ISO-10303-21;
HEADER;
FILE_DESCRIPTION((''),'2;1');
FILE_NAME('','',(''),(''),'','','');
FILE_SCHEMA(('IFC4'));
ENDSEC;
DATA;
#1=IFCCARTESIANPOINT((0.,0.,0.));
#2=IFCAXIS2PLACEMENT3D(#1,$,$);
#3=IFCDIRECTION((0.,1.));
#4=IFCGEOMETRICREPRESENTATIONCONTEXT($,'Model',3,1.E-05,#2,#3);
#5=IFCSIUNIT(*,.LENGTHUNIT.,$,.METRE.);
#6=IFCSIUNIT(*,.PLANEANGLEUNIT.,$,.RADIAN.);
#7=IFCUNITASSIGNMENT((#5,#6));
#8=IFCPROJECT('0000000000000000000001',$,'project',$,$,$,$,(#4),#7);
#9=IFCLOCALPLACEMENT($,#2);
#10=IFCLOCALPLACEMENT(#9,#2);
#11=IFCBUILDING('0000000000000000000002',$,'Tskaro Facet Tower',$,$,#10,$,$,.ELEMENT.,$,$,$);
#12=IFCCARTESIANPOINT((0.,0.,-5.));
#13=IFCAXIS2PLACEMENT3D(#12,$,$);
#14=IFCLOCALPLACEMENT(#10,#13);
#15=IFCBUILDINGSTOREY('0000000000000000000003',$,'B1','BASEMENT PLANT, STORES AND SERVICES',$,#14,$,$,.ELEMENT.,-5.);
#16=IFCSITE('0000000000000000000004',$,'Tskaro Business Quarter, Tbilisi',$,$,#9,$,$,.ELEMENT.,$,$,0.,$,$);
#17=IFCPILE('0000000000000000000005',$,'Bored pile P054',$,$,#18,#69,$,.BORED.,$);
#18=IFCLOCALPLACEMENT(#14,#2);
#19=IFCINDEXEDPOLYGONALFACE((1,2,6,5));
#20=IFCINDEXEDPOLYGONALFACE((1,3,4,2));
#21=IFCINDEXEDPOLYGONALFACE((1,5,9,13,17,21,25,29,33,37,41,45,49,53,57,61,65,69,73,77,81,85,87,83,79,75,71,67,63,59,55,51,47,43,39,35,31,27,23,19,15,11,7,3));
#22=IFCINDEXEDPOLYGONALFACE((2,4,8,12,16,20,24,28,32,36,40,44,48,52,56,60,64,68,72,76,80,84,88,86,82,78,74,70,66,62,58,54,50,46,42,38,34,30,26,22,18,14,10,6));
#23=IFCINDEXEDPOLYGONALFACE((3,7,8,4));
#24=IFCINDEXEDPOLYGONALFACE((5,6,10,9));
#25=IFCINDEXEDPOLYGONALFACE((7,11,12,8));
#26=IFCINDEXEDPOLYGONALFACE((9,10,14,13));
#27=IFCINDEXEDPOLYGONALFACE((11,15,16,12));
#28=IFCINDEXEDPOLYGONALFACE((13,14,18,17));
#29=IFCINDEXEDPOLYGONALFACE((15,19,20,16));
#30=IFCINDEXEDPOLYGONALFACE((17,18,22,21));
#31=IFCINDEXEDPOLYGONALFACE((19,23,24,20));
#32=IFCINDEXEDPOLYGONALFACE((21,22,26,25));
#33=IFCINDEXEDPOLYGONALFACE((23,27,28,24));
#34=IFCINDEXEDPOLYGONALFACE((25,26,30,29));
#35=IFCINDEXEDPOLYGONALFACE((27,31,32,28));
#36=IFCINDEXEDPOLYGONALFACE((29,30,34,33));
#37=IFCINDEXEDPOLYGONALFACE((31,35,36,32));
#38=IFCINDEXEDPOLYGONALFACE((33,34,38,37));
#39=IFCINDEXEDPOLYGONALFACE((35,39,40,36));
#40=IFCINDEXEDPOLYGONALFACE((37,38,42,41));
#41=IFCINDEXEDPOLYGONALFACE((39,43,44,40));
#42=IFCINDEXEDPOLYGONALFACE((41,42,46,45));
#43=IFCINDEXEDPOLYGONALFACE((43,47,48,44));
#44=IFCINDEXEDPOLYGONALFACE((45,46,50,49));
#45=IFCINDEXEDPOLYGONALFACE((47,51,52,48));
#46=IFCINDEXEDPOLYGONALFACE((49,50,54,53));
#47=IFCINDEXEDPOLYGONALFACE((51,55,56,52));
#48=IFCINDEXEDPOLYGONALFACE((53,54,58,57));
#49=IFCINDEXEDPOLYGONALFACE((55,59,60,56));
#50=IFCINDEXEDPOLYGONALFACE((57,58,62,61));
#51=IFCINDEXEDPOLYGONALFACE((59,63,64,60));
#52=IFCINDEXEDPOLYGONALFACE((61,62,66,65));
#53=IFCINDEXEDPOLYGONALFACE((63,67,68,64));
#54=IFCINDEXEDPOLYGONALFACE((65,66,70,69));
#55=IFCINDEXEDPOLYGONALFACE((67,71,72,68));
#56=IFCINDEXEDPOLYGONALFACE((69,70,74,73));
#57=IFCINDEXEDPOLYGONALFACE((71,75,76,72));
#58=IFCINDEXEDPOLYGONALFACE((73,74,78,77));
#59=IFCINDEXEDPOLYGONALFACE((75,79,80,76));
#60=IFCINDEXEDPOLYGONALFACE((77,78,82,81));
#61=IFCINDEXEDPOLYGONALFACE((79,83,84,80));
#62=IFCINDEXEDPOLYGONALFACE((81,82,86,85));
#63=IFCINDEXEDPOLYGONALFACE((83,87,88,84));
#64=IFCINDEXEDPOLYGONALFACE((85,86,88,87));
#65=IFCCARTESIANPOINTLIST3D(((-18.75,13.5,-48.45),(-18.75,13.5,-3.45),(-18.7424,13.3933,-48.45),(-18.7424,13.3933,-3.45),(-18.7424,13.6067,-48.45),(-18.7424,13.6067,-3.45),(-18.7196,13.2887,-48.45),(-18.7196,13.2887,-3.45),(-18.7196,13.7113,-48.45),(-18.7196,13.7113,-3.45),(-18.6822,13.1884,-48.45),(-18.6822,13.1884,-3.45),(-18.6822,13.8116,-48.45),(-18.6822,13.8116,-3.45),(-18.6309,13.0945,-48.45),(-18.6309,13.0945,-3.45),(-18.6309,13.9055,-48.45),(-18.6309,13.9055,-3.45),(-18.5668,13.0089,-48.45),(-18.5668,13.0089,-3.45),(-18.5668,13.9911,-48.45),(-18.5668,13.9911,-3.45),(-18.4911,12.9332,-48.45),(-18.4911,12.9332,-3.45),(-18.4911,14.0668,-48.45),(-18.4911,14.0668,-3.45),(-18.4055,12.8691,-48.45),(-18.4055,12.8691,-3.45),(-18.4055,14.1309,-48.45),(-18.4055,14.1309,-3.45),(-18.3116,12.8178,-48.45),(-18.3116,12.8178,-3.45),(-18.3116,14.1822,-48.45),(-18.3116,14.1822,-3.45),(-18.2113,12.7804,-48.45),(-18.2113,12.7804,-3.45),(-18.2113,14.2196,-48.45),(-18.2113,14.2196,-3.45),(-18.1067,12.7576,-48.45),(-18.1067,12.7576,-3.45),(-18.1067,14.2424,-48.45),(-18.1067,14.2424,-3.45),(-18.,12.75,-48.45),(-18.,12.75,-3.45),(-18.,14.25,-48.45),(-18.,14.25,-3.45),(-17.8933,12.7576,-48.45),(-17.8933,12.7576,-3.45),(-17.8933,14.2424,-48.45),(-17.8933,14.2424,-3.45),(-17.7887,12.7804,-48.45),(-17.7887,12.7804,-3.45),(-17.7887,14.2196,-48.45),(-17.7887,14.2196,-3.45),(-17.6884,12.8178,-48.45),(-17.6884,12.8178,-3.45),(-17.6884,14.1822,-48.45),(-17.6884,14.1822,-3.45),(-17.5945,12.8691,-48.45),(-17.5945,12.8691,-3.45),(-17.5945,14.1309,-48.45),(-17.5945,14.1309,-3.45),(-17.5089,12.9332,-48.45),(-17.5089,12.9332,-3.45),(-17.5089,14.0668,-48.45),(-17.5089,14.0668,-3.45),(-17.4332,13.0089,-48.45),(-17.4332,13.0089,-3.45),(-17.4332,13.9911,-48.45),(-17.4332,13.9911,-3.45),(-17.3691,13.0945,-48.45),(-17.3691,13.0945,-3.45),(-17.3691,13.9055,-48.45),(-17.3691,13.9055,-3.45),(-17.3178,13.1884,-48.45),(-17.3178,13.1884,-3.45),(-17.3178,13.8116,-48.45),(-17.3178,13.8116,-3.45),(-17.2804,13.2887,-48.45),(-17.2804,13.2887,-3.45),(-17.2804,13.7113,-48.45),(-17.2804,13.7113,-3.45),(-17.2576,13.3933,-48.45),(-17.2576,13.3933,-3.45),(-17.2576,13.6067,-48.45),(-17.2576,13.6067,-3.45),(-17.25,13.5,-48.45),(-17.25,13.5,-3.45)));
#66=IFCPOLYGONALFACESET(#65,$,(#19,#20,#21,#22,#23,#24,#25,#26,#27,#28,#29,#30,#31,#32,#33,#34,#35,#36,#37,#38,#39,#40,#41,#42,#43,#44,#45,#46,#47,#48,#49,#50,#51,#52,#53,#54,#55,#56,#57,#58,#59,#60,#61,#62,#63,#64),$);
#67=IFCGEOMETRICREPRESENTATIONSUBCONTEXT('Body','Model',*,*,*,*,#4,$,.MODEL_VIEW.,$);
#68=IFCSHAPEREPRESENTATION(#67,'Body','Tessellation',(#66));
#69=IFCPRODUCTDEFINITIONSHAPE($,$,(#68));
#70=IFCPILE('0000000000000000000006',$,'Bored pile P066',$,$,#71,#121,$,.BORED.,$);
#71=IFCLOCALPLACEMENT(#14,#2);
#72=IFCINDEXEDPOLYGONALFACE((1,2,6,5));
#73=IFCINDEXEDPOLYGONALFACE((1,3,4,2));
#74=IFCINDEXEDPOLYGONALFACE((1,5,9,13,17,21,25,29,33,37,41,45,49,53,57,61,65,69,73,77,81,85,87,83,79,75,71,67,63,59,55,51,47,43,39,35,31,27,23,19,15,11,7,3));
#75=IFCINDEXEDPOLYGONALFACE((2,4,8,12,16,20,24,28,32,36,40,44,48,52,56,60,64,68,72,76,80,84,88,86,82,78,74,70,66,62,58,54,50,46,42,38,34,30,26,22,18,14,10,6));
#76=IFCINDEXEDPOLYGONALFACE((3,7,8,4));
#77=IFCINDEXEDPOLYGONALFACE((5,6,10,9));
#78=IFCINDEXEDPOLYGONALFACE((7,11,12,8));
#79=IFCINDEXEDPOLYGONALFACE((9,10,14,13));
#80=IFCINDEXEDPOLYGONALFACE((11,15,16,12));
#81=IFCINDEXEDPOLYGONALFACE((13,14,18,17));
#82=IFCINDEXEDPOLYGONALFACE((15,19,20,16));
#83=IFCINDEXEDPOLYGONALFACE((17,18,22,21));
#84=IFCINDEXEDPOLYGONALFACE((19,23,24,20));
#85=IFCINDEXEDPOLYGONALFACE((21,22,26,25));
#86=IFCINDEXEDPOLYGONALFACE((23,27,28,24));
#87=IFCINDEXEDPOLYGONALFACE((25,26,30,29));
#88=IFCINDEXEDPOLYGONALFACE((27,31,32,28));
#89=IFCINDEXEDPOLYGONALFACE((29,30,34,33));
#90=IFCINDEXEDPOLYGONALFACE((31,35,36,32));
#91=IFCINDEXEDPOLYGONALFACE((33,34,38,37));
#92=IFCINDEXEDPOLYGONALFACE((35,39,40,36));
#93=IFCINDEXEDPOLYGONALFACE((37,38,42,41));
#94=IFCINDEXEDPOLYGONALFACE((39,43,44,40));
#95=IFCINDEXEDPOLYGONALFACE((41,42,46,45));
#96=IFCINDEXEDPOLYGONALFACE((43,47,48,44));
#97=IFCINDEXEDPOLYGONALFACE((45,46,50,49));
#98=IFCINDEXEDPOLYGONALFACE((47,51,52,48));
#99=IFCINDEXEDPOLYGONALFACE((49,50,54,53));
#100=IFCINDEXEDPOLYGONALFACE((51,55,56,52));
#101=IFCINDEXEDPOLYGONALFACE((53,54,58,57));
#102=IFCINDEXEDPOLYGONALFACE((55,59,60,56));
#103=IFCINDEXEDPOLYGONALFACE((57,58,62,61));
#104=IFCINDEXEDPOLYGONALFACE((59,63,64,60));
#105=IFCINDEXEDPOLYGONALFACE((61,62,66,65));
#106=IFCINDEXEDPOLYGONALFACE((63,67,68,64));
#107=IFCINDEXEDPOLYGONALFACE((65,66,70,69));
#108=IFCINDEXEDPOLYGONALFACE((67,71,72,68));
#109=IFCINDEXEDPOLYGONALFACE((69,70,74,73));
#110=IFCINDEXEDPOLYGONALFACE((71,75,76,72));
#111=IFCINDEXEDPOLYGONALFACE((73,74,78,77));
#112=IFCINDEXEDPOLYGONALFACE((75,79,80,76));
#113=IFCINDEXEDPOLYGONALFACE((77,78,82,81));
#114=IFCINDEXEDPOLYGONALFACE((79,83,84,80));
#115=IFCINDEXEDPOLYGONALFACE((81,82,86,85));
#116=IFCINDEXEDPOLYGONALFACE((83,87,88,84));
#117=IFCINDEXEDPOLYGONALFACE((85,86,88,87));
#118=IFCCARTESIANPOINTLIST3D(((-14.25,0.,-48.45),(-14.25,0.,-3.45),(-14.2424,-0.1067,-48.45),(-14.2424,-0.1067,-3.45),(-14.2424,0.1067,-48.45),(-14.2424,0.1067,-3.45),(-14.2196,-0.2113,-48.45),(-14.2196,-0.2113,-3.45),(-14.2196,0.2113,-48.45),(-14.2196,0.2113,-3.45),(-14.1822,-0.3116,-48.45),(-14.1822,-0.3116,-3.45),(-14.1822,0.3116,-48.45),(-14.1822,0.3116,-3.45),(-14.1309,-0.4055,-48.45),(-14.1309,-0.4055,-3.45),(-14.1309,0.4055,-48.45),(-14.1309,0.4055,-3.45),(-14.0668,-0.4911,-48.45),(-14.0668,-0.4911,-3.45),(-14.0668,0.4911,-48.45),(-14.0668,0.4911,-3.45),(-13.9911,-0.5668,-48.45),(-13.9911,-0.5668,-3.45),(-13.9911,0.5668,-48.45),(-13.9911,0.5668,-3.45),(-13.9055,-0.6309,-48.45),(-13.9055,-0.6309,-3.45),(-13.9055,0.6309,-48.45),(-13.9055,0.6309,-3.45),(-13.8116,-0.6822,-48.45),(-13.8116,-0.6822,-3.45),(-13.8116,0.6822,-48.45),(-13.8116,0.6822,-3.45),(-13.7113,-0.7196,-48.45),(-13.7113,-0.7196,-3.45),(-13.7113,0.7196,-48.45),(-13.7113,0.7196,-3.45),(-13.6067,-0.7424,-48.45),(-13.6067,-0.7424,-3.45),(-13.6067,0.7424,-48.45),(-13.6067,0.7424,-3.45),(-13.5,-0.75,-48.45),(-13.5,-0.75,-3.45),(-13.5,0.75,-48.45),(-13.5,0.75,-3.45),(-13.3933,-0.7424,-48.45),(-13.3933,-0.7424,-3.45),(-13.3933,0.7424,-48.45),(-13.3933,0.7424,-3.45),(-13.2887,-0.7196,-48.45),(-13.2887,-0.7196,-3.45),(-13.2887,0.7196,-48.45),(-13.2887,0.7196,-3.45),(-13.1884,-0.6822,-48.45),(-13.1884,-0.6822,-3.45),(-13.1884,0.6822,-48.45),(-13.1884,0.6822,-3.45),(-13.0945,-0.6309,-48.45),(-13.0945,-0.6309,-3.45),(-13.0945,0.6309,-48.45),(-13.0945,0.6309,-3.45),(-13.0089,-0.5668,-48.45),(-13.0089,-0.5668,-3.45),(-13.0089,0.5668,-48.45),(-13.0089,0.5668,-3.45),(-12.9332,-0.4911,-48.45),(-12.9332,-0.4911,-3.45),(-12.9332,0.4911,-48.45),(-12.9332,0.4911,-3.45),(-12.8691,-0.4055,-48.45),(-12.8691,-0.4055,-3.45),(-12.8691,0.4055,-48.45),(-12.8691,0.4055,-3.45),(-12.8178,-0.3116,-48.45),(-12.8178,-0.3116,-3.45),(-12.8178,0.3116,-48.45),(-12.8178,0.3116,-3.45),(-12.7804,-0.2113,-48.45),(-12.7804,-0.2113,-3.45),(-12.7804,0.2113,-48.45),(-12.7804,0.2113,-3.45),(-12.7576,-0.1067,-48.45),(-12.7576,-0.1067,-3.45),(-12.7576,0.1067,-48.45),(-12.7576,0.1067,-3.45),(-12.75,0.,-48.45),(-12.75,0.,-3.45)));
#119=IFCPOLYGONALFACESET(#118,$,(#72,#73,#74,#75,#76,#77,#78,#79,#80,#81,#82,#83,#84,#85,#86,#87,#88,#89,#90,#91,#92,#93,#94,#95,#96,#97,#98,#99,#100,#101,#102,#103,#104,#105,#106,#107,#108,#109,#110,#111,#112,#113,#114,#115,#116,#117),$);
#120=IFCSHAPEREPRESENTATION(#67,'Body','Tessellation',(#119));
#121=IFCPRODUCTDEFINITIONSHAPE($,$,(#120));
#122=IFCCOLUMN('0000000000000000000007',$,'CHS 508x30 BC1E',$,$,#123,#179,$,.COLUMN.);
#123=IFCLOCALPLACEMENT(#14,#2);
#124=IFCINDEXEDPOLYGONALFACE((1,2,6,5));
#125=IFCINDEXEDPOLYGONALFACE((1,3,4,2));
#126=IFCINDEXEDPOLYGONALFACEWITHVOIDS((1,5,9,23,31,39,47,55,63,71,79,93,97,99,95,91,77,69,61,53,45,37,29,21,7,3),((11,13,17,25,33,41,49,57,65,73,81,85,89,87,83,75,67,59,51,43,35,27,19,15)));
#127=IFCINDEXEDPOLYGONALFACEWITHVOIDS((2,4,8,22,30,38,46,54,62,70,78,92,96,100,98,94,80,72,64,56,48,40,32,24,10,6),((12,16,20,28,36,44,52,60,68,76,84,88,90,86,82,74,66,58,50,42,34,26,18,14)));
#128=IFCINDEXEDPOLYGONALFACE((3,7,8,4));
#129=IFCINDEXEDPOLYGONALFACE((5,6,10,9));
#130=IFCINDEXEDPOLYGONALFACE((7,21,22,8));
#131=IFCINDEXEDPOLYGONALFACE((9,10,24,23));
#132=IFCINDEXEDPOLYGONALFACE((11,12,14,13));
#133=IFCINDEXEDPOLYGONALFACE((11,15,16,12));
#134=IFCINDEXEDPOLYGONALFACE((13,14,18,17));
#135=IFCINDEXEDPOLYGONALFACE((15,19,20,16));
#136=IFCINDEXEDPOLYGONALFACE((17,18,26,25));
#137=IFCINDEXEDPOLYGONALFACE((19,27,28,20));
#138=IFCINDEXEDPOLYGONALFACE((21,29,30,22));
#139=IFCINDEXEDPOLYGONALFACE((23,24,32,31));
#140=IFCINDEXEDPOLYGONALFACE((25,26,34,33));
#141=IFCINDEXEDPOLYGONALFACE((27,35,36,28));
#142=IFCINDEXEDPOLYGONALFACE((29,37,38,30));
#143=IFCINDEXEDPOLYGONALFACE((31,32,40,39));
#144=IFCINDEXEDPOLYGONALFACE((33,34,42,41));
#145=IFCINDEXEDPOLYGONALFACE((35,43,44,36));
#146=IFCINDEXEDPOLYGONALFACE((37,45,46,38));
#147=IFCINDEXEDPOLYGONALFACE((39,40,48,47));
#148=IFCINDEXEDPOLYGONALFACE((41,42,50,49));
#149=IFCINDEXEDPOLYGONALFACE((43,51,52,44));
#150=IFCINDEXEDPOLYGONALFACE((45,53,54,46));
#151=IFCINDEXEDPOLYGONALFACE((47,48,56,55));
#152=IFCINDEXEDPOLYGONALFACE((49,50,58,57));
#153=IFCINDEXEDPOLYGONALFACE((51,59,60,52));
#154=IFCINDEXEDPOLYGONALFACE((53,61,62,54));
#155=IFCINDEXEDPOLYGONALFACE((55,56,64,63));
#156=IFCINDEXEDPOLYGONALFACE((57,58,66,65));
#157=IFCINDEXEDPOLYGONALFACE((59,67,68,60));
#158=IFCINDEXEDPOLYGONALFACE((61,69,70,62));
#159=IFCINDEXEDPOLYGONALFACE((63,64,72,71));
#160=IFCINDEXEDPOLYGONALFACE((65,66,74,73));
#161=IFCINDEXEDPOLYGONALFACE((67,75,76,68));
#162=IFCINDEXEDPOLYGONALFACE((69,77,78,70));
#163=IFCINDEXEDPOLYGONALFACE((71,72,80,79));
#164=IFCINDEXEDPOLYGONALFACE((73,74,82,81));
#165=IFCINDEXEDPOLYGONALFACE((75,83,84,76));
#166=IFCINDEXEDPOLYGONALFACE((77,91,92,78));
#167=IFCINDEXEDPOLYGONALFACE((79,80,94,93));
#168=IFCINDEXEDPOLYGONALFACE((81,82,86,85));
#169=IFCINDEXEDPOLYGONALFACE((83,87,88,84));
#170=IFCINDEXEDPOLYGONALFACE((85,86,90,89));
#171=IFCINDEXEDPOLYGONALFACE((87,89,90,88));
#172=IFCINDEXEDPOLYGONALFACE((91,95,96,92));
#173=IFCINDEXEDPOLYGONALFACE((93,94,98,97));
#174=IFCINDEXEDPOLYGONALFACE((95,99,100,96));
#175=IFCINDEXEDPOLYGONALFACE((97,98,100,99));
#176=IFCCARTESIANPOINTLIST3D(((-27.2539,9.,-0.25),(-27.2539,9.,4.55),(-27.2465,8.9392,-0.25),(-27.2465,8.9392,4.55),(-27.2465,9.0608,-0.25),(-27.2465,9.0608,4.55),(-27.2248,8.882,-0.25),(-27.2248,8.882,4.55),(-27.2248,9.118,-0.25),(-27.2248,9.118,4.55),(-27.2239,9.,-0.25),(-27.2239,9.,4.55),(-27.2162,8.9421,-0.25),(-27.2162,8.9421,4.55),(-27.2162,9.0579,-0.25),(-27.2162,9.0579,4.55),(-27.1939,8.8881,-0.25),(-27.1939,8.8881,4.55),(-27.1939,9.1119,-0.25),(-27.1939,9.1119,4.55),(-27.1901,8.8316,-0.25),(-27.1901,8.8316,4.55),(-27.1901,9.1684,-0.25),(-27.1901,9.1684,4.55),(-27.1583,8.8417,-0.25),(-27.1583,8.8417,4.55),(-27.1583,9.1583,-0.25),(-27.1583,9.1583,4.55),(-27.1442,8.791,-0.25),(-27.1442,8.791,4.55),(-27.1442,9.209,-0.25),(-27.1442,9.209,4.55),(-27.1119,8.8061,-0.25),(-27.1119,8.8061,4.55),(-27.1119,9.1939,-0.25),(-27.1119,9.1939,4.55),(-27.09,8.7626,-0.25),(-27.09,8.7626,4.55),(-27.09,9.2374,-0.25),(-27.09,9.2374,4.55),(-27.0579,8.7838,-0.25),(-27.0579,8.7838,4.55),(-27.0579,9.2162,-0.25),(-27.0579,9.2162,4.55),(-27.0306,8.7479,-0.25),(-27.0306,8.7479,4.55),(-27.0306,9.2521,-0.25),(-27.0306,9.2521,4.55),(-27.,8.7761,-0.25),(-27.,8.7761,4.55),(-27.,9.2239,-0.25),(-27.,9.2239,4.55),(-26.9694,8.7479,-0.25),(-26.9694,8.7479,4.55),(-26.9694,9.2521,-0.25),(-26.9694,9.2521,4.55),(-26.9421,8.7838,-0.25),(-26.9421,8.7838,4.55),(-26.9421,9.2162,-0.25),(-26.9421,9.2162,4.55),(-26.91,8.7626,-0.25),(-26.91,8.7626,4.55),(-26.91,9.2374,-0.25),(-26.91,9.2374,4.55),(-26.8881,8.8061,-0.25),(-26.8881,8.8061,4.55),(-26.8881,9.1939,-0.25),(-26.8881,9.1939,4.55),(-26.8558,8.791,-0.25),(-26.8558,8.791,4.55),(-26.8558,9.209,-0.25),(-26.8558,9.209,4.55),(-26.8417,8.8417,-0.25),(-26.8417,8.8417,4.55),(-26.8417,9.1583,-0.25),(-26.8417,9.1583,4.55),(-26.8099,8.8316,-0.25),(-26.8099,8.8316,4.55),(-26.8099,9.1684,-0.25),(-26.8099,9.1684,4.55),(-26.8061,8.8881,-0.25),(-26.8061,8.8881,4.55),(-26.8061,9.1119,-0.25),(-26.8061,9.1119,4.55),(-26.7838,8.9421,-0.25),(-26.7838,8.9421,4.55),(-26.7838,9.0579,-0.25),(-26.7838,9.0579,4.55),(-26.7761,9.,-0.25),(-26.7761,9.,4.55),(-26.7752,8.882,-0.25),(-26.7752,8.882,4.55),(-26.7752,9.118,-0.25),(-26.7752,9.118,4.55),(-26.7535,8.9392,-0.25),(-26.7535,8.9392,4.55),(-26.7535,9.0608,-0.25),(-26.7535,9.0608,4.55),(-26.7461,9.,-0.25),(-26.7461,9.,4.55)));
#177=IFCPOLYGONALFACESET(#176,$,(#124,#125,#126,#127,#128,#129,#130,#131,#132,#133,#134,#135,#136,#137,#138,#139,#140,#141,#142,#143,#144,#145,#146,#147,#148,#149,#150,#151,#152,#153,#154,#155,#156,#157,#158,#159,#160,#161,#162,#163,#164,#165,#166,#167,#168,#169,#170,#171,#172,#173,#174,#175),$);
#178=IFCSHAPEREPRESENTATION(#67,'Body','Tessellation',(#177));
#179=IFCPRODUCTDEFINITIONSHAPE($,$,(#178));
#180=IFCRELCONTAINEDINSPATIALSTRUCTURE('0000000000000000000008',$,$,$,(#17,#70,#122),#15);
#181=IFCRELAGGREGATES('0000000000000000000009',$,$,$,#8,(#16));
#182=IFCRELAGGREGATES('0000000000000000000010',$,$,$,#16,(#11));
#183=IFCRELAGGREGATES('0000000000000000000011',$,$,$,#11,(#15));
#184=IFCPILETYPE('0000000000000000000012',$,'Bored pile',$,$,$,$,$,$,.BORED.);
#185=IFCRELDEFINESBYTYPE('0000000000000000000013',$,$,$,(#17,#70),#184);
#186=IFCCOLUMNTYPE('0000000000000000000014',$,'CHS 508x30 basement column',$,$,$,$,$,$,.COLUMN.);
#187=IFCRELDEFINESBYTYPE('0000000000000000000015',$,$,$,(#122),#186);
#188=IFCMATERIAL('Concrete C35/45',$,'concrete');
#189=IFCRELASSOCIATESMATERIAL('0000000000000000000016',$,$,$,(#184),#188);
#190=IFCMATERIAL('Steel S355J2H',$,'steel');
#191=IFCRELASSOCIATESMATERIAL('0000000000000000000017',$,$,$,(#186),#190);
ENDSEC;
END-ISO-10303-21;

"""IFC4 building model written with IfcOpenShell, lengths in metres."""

from ifc_helpers import new_model, si_unit, direction, frame, origin, origin_2d, place, context, subcontext, project, spatial, circle, hollow_circle, extrude, material, material_profile, profile_set, type_object, element, save


model = new_model("IFC4")

# Units and contexts
model_context = context("Model", 3, precision=1e-05, world=origin(), true_north=direction((0.0, 1.0)))
body_context = subcontext(model_context, "Body", "Model", "MODEL_VIEW")
ifc_project = project(units=[si_unit("LENGTHUNIT", "METRE"), si_unit("PLANEANGLEUNIT", "RADIAN")], contexts=[model_context])

# Site, building, storey
site_placement = place(None, origin())
site = spatial("IfcSite", under=ifc_project, at=site_placement, Name="Tskaro Business Quarter, Tbilisi", CompositionType="ELEMENT", RefElevation=0.0)
building_placement = place(site_placement, origin())
building = spatial("IfcBuilding", under=site, at=building_placement, Name="Tskaro Facet Tower", CompositionType="ELEMENT")
storey_placement = place(building_placement, frame((0.0, 0.0, -5.0)))
storey = spatial("IfcBuildingStorey", under=building, at=storey_placement, Name="B1", Description="BASEMENT PLANT, STORES AND SERVICES", CompositionType="ELEMENT", Elevation=-5.0)

# Piles
ifc_material_1 = material(Name="Concrete C35/45", Category="concrete")
ifc_material_profile_1 = material_profile(ifc_material_1, circle(Radius=0.75, at=origin_2d()), Name="Bored pile")
ifc_profile_set_1 = profile_set([ifc_material_profile_1], Name="Concrete C35/45")
pile_type = type_object("IfcPileType", Name="Bored pile", PredefinedType="BORED", material=ifc_profile_set_1)
for number, where, z_axis, x_axis, name in (
    (1, (-18.0, 13.5, -3.45), (0.0, 0.0, -1.0), (1.0, 0.0, 0.0), "Bored pile P054"),
    (2, (-13.5, 0.0, -3.45), (0.0, 0.0, -1.0), (1.0, 0.0, 0.0), "Bored pile P066"),
):
    element("IfcPile", number, at=place(storey_placement, frame(where, z_axis=z_axis, x_axis=x_axis)), inside=storey, type_object=pile_type, Name=name, PredefinedType="BORED", context=body_context, shape_type="SweptSolid", body=[
        extrude(circle(Radius=0.75, at=origin_2d()), origin(), (0.0, 0.0, 1.0), 45.0),
    ])

# Column
ifc_material_2 = material(Name="Steel S355J2H", Category="steel")
ifc_material_profile_2 = material_profile(ifc_material_2, hollow_circle(Radius=0.2539, WallThickness=0.03, at=origin_2d()), Name="CHS 508x30")
ifc_profile_set_2 = profile_set([ifc_material_profile_2], Name="Steel S355J2H")
column_type_1 = type_object("IfcColumnType", Name="CHS 508x30 basement column", PredefinedType="COLUMN", material=ifc_profile_set_2)
column_placement = place(storey_placement, frame((-27.0, 9.0, -0.25), z_axis=(0.0, 0.0, 1.0), x_axis=(1.0, 0.0, 0.0)))
element("IfcColumn", 3, at=column_placement, inside=storey, type_object=column_type_1, Name="CHS 508x30 BC1E", PredefinedType="COLUMN", context=body_context, shape_type="SweptSolid", body=[
    extrude(hollow_circle(Radius=0.2539, WallThickness=0.03, at=origin_2d()), origin(), (0.0, 0.0, 1.0), 4.8),
])

save(model, "model.ifc")
